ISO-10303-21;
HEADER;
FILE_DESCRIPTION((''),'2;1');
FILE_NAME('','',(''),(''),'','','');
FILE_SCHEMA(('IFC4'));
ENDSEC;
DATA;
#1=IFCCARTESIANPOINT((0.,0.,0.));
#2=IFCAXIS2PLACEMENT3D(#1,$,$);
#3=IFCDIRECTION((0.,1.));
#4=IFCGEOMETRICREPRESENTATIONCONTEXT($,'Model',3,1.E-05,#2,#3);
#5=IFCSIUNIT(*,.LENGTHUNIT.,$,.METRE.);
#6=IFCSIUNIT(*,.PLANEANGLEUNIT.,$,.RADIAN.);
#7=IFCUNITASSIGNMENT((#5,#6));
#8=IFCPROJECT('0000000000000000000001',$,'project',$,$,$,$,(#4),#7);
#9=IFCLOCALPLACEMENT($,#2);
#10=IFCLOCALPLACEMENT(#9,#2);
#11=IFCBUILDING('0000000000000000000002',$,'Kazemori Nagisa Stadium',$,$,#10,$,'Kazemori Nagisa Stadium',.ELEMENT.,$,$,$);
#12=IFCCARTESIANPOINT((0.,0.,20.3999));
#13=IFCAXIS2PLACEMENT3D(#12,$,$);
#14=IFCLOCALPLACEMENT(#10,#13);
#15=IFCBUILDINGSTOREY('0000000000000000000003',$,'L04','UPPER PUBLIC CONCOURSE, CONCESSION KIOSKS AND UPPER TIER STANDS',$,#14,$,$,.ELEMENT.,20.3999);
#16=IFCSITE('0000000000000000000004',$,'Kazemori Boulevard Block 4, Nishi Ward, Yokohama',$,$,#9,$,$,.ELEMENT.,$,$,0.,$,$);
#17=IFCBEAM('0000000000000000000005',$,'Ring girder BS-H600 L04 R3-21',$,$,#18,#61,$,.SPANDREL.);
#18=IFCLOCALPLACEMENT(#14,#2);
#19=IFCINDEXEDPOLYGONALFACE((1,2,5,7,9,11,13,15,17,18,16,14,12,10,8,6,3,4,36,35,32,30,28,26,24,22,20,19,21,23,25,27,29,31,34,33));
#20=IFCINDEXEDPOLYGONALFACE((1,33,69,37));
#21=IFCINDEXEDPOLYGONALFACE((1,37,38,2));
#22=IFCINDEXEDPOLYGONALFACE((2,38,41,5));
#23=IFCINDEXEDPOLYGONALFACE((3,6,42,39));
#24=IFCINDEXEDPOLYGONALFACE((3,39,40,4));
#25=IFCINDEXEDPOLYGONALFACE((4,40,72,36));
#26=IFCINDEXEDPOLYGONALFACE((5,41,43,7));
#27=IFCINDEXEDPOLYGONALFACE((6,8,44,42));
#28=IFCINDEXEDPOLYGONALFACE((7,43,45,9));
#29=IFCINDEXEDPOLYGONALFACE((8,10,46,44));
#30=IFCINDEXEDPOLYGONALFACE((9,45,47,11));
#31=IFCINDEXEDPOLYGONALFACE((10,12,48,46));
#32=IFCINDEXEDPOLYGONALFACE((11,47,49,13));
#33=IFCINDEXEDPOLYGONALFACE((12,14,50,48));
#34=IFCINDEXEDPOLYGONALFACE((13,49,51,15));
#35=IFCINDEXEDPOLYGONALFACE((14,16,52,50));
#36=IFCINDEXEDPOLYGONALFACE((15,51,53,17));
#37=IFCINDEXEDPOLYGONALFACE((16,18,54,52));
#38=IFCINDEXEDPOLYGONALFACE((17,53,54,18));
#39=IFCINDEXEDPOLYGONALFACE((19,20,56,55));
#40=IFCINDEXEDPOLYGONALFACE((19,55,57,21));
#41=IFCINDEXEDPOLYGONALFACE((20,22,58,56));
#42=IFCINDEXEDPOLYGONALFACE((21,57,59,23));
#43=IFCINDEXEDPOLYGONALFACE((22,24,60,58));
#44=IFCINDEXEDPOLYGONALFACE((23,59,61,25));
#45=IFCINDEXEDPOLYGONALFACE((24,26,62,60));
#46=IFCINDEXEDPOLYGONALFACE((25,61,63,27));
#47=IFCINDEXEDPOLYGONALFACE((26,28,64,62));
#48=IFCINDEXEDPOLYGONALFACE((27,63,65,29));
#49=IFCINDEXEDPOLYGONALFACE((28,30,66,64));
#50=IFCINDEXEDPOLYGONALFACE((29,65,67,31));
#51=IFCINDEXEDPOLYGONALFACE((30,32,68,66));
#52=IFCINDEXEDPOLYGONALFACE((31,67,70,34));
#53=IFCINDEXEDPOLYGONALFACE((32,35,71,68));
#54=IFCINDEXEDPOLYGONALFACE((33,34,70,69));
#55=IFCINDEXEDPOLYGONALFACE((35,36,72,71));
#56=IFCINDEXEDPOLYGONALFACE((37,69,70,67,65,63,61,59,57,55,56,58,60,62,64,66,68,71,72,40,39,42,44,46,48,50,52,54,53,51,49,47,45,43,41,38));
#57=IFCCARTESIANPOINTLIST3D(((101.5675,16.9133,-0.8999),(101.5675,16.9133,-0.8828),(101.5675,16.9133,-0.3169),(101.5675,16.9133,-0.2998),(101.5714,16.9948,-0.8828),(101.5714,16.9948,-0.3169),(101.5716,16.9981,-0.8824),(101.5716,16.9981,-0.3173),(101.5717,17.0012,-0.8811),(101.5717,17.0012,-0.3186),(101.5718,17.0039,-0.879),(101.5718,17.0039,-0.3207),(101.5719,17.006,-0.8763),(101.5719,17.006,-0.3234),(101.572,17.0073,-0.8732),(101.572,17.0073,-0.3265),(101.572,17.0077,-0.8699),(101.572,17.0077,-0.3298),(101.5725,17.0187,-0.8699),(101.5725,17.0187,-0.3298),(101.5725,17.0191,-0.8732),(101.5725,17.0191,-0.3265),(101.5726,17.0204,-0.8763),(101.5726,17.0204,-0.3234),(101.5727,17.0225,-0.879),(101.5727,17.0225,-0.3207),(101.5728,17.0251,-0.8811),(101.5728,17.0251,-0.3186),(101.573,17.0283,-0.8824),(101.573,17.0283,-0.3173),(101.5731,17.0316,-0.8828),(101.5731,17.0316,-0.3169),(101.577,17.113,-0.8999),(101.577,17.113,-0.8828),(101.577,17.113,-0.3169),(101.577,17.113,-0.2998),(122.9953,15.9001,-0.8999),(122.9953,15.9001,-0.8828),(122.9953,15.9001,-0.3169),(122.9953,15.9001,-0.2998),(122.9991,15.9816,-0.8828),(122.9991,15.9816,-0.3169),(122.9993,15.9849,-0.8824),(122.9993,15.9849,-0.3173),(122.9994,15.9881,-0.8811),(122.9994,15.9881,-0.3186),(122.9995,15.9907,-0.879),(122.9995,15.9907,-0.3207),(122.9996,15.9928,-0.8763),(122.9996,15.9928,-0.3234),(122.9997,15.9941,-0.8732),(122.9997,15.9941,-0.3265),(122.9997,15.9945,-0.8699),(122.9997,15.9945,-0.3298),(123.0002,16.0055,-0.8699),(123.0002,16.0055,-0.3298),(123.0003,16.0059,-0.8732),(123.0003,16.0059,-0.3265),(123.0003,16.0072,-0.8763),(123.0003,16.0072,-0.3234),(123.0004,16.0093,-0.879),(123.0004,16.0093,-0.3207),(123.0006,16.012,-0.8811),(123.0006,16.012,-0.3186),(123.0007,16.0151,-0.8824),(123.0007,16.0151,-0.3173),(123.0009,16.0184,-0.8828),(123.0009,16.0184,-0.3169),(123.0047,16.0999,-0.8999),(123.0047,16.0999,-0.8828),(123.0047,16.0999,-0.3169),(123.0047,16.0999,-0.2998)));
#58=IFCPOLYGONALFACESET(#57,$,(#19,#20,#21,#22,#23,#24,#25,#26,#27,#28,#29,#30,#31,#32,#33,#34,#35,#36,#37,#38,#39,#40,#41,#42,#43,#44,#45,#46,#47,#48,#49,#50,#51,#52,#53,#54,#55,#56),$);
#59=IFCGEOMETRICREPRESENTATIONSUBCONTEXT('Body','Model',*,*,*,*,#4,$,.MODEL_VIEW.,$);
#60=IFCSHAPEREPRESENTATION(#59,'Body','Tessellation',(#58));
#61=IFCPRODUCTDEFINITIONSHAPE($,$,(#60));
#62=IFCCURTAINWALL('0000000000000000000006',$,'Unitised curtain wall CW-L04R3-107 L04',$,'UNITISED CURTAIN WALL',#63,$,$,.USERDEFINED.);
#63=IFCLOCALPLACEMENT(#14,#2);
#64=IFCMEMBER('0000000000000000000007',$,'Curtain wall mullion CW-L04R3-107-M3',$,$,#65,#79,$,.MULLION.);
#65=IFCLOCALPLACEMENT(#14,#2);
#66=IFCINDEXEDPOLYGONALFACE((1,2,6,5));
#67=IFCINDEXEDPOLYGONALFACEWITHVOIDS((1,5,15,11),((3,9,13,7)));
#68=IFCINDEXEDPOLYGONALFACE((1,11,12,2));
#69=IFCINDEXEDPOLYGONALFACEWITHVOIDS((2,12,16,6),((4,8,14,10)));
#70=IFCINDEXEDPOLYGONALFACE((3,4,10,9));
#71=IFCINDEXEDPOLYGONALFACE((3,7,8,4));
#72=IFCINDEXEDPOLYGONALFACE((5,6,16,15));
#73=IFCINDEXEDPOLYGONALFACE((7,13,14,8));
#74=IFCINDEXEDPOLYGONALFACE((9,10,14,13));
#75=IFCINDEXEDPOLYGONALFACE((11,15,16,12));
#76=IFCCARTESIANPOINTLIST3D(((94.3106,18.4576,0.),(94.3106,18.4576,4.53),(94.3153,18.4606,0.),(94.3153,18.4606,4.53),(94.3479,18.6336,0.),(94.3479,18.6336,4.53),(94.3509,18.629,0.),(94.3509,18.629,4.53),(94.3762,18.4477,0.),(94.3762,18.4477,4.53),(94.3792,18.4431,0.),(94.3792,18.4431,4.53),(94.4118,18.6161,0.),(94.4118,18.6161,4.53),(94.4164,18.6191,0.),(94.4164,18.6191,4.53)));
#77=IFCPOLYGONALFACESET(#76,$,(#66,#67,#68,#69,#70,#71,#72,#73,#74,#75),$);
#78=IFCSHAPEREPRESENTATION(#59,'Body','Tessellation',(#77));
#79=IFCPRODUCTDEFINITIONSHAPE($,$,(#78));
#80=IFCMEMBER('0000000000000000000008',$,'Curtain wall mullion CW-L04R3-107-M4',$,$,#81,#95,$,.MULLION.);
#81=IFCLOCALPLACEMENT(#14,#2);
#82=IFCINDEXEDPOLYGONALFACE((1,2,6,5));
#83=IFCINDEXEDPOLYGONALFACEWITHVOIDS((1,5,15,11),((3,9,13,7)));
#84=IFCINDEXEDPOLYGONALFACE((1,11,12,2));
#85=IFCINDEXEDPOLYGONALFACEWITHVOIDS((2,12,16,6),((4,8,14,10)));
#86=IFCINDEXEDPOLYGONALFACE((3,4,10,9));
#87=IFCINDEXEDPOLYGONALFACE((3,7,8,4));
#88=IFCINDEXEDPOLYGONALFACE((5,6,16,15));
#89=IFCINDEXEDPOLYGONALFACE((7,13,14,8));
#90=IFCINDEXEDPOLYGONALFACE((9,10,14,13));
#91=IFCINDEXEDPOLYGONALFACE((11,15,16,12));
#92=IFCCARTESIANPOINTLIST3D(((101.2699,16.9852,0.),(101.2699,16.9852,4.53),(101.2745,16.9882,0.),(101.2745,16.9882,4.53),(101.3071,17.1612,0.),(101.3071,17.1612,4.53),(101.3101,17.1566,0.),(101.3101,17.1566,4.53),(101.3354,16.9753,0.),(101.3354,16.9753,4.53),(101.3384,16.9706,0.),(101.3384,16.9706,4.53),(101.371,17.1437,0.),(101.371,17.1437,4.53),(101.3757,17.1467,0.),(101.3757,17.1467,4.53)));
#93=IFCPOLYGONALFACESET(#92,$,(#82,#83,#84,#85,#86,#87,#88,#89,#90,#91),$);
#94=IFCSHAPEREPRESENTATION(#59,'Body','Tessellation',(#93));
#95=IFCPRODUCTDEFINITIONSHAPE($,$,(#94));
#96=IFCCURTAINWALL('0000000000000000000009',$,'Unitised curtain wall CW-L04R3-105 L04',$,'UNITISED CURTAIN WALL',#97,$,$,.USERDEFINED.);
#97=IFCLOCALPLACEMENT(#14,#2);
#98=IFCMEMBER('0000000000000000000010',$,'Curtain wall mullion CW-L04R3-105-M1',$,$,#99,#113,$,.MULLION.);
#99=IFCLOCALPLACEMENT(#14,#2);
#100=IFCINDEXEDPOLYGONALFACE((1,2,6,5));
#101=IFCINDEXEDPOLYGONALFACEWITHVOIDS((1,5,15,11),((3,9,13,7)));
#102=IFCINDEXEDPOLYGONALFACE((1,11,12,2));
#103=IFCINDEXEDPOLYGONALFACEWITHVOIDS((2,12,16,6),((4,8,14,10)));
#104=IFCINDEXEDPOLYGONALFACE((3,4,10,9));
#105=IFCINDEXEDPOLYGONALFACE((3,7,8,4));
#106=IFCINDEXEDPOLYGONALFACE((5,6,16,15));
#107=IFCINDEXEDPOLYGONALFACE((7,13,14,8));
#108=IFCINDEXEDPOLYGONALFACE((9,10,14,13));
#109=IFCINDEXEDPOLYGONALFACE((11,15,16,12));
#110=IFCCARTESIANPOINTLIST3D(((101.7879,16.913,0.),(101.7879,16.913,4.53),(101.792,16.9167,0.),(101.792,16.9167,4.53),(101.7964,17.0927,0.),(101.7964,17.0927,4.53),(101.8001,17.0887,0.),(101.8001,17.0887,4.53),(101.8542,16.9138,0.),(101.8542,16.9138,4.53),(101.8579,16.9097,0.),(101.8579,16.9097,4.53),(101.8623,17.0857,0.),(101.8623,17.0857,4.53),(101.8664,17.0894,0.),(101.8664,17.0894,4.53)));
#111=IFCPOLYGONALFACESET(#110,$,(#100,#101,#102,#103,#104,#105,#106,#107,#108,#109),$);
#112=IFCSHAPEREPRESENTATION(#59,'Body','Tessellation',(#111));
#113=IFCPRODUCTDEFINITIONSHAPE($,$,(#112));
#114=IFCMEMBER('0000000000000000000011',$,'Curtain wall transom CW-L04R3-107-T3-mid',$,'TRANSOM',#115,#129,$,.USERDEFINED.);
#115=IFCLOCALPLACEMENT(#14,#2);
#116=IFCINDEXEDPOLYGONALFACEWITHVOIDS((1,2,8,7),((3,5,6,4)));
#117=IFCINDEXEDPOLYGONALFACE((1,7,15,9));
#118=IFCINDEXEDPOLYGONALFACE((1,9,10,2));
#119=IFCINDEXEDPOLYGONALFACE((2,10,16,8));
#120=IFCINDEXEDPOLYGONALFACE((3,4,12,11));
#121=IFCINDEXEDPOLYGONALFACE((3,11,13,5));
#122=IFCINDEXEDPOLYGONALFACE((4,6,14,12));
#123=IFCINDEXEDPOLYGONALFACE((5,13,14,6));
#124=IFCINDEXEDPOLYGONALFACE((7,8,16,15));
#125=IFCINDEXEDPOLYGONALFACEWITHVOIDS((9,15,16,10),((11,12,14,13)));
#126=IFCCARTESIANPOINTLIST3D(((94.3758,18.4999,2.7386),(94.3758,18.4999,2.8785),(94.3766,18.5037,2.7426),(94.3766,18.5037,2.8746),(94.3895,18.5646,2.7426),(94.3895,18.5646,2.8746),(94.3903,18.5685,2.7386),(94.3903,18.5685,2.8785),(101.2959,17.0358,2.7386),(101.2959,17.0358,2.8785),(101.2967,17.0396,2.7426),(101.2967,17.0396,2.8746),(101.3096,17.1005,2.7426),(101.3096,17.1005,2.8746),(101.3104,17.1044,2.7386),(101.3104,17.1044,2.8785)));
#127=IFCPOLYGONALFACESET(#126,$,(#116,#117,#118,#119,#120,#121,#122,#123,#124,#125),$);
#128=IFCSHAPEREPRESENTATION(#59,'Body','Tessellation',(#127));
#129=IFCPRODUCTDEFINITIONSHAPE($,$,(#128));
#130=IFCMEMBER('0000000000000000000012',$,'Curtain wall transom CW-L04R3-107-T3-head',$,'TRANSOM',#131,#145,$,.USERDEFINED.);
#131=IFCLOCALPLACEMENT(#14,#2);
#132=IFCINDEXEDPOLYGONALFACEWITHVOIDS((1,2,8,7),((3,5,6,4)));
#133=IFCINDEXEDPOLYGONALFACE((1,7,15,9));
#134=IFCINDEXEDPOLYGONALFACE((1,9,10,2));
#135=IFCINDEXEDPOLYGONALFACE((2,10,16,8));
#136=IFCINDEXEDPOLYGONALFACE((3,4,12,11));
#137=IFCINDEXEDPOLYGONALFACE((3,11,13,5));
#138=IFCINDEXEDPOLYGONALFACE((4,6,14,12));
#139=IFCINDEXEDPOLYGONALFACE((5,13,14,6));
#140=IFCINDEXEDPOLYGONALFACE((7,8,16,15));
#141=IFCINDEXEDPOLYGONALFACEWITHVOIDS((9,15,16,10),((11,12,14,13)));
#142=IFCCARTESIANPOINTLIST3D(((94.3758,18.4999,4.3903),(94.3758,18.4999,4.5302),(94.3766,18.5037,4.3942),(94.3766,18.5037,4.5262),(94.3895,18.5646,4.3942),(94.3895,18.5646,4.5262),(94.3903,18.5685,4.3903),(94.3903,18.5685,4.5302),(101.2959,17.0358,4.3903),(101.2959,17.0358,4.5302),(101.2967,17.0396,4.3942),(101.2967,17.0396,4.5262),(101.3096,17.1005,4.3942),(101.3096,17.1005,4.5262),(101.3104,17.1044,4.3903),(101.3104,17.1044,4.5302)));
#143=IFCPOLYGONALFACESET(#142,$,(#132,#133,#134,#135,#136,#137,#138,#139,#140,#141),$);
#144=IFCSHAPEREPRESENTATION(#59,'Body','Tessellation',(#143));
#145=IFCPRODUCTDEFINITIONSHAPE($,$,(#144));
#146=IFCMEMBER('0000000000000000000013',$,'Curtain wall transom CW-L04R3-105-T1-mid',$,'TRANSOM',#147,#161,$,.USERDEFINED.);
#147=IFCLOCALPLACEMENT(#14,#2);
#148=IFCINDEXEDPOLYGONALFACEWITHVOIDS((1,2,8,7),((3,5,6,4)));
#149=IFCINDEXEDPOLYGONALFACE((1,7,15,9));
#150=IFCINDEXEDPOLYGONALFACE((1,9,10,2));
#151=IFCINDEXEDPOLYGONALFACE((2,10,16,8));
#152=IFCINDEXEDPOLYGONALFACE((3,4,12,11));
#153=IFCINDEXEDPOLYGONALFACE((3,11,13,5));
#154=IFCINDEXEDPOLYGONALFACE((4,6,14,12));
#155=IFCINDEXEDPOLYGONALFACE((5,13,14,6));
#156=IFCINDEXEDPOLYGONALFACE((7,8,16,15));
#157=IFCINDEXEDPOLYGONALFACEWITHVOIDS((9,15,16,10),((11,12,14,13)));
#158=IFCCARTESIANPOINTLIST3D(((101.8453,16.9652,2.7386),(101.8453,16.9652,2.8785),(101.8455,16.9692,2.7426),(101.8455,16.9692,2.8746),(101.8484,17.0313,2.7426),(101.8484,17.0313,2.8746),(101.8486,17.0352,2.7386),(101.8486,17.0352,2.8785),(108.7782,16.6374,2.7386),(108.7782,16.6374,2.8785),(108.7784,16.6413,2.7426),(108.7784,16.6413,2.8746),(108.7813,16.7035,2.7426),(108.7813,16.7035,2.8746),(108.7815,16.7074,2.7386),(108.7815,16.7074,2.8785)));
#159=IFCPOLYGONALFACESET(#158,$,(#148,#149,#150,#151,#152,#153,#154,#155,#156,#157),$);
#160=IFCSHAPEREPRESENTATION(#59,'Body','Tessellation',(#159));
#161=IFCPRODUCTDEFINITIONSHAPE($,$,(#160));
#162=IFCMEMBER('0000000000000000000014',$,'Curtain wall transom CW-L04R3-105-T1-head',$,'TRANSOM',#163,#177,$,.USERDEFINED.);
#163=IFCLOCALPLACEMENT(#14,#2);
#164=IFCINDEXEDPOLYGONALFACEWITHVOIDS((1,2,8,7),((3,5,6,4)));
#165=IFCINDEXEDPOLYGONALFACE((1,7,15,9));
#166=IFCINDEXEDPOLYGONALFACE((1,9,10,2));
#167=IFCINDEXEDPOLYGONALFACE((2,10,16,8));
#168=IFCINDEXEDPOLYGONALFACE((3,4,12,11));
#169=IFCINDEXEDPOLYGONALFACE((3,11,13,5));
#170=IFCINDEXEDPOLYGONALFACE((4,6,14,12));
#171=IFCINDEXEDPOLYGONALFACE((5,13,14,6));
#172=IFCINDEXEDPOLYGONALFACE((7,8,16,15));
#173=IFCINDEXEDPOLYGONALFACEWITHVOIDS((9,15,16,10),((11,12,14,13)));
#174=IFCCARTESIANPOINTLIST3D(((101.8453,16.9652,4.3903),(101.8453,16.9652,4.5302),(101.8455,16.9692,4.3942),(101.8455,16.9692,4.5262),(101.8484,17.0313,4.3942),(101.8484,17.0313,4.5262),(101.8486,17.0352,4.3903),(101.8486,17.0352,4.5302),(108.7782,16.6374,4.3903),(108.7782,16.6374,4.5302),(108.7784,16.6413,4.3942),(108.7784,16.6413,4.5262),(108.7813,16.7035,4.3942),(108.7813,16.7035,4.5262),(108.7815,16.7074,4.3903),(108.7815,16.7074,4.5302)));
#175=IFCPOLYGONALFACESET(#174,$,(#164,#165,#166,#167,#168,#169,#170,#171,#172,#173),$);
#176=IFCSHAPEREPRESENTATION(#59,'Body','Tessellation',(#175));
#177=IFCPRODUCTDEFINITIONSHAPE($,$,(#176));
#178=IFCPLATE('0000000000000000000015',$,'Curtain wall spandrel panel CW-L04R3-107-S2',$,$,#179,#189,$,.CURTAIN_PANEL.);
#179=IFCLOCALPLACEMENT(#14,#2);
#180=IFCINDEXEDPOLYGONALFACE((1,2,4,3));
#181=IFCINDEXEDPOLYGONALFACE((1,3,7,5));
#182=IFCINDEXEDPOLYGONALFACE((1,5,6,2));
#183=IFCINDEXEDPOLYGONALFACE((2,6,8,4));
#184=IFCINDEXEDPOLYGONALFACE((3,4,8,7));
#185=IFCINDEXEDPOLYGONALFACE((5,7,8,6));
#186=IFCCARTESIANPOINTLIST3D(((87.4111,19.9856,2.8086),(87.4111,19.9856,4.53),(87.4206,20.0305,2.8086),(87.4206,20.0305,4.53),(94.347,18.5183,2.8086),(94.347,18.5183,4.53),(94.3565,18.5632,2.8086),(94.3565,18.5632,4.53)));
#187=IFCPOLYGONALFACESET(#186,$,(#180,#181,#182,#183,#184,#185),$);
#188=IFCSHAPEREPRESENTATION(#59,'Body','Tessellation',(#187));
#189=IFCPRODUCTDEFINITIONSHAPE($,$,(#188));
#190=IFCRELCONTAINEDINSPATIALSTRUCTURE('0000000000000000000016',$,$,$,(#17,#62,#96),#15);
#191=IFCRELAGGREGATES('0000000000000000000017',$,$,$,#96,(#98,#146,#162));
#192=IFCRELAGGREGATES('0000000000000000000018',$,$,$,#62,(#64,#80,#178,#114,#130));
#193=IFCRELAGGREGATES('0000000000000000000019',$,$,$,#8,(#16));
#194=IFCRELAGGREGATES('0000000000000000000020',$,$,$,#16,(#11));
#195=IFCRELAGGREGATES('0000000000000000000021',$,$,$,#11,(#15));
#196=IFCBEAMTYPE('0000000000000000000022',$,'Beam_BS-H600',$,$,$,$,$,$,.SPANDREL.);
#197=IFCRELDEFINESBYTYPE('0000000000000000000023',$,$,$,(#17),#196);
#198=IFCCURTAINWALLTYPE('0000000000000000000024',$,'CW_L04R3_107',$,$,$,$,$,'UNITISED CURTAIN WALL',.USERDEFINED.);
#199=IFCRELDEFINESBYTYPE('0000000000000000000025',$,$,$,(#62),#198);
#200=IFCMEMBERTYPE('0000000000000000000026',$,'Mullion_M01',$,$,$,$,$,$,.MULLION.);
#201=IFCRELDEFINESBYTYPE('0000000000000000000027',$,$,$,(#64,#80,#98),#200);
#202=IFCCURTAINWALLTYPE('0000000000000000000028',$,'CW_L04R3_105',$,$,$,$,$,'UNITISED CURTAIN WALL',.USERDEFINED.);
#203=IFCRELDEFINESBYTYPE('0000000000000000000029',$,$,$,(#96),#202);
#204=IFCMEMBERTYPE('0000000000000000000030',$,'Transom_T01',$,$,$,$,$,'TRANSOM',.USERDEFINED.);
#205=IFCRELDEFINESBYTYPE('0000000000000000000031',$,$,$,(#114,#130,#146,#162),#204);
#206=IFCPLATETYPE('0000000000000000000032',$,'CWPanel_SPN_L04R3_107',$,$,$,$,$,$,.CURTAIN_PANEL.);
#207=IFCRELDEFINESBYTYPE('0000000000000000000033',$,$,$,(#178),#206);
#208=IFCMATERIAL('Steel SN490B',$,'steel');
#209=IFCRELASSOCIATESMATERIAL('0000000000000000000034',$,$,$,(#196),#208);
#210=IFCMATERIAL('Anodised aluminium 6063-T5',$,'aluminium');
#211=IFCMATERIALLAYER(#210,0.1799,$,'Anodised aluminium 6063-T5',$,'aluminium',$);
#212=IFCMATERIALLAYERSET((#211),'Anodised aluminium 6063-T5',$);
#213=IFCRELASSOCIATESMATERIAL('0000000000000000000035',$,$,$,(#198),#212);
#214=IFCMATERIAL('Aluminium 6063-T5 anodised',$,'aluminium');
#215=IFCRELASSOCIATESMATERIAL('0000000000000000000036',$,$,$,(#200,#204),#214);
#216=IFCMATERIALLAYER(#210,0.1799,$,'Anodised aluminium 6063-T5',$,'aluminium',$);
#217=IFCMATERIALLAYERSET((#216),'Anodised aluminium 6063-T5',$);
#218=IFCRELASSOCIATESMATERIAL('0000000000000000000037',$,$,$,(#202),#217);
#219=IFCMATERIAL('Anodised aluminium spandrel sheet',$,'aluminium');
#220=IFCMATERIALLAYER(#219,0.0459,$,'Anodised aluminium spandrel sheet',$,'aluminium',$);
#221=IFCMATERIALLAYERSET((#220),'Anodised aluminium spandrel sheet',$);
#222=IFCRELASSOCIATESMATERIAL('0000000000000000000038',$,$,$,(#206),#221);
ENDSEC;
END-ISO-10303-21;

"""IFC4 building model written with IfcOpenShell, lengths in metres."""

from ifc_helpers import new_model, si_unit, direction, frame, origin, origin_2d, place, context, subcontext, project, spatial, rectangle, hollow_rectangle, i_section, extrude, material, layer, layer_set, material_profile, profile_set, type_object, element, aggregate, save


model = new_model("IFC4")

# Units and contexts
model_context = context("Model", 3, precision=1e-05, world=origin(), true_north=direction((0.0, 1.0)))
body_context = subcontext(model_context, "Body", "Model", "MODEL_VIEW")
ifc_project = project(units=[si_unit("LENGTHUNIT", "METRE"), si_unit("PLANEANGLEUNIT", "RADIAN")], contexts=[model_context])

# Site, building, storey
site_placement = place(None, origin())
site = spatial("IfcSite", under=ifc_project, at=site_placement, Name="Kazemori Boulevard Block 4, Nishi Ward, Yokohama", CompositionType="ELEMENT", RefElevation=0.0)
building_placement = place(site_placement, origin())
building = spatial("IfcBuilding", under=site, at=building_placement, Name="Kazemori Nagisa Stadium", LongName="Kazemori Nagisa Stadium", CompositionType="ELEMENT")
storey_placement = place(building_placement, frame((0.0, 0.0, 20.3999)))
storey = spatial("IfcBuildingStorey", under=building, at=storey_placement, Name="L04", Description="UPPER PUBLIC CONCOURSE, CONCESSION KIOSKS AND UPPER TIER STANDS", CompositionType="ELEMENT", Elevation=20.3999)

# Beam
ifc_material_1 = material(Name="Steel SN490B", Category="steel")
ifc_material_profile_1 = material_profile(ifc_material_1, i_section(OverallWidth=0.2, OverallDepth=0.6001, WebThickness=0.011, FlangeThickness=0.0171, FilletRadius=0.0129, at=origin_2d()), Name="H-600x200x11x17")
ifc_profile_set_1 = profile_set([ifc_material_profile_1], Name="Steel SN490B")
beam_type_1 = type_object("IfcBeamType", Name="Beam_BS-H600", PredefinedType="SPANDREL", material=ifc_profile_set_1)
beam_1_placement = place(storey_placement, frame((101.5723, 17.0132, -0.5999), z_axis=(0.998884, -0.047231, 0.0), x_axis=(0.047231, 0.998884, 0.0)))
element("IfcBeam", 1, at=beam_1_placement, inside=storey, type_object=beam_type_1, Name="Ring girder BS-H600 L04 R3-21", PredefinedType="SPANDREL", context=body_context, shape_type="SweptSolid", body=[
    extrude(i_section(OverallWidth=0.2, OverallDepth=0.6001, WebThickness=0.011, FlangeThickness=0.0171, FilletRadius=0.0129, at=origin_2d()), origin(), (0.0, 0.0, 1.0), 21.4517),
])

# Curtain wall, members
ifc_material_2 = material(Name="Anodised aluminium 6063-T5", Category="aluminium")
ifc_layer_1 = layer(ifc_material_2, 0.1799, Name="Anodised aluminium 6063-T5", Category="aluminium")
ifc_layer_set_1 = layer_set([ifc_layer_1], Name="Anodised aluminium 6063-T5")
curtain_wall_type_1 = type_object("IfcCurtainWallType", Name="CW_L04R3_107", ElementType="UNITISED CURTAIN WALL", PredefinedType="USERDEFINED", material=ifc_layer_set_1)
curtain_wall_1_placement = place(storey_placement, origin())
curtain_wall_1 = element("IfcCurtainWall", 2, at=curtain_wall_1_placement, inside=storey, type_object=curtain_wall_type_1, Name="Unitised curtain wall CW-L04R3-107 L04", ObjectType="UNITISED CURTAIN WALL", PredefinedType="USERDEFINED")
ifc_material_3 = material(Name="Aluminium 6063-T5 anodised", Category="aluminium")
ifc_material_profile_2 = material_profile(ifc_material_3, hollow_rectangle(XDim=0.0701, YDim=0.1799, WallThickness=0.0039, at=origin_2d()), Name="ALU-MULL-70x180x4")
ifc_profile_set_2 = profile_set([ifc_material_profile_2], Name="Aluminium 6063-T5 anodised")
member_type_1 = type_object("IfcMemberType", Name="Mullion_M01", PredefinedType="MULLION", material=ifc_profile_set_2)
member_1_placement = place(storey_placement, frame((94.3635, 18.5383, 0.0), z_axis=(0.0, 0.0, 1.0), x_axis=(0.978345, -0.206981, 0.0)))
member_1 = element("IfcMember", 3, at=member_1_placement, type_object=member_type_1, Name="Curtain wall mullion CW-L04R3-107-M3", PredefinedType="MULLION", context=body_context, shape_type="SweptSolid", body=[
    extrude(hollow_rectangle(XDim=0.0701, YDim=0.1799, WallThickness=0.0039, at=origin_2d()), origin(), (0.0, 0.0, 1.0), 4.53),
])
member_2_placement = place(storey_placement, frame((101.3228, 17.0659, 0.0), z_axis=(0.0, 0.0, 1.0), x_axis=(0.978345, -0.206981, 0.0)))
member_2 = element("IfcMember", 4, at=member_2_placement, type_object=member_type_1, Name="Curtain wall mullion CW-L04R3-107-M4", PredefinedType="MULLION", context=body_context, shape_type="SweptSolid", body=[
    extrude(hollow_rectangle(XDim=0.0701, YDim=0.1799, WallThickness=0.0039, at=origin_2d()), origin(), (0.0, 0.0, 1.0), 4.53),
])

# Curtain wall, member
ifc_layer_2 = layer(ifc_material_2, 0.1799, Name="Anodised aluminium 6063-T5", Category="aluminium")
ifc_layer_set_2 = layer_set([ifc_layer_2], Name="Anodised aluminium 6063-T5")
curtain_wall_type_2 = type_object("IfcCurtainWallType", Name="CW_L04R3_105", ElementType="UNITISED CURTAIN WALL", PredefinedType="USERDEFINED", material=ifc_layer_set_2)
curtain_wall_2_placement = place(storey_placement, origin())
curtain_wall_2 = element("IfcCurtainWall", 5, at=curtain_wall_2_placement, inside=storey, type_object=curtain_wall_type_2, Name="Unitised curtain wall CW-L04R3-105 L04", ObjectType="UNITISED CURTAIN WALL", PredefinedType="USERDEFINED")
member_3_placement = place(storey_placement, frame((101.8271, 17.0012, 0.0), z_axis=(0.0, 0.0, 1.0), x_axis=(0.998884, -0.04723, 0.0)))
member_3 = element("IfcMember", 6, at=member_3_placement, type_object=member_type_1, Name="Curtain wall mullion CW-L04R3-105-M1", PredefinedType="MULLION", context=body_context, shape_type="SweptSolid", body=[
    extrude(hollow_rectangle(XDim=0.0701, YDim=0.1799, WallThickness=0.0039, at=origin_2d()), origin(), (0.0, 0.0, 1.0), 4.53),
])

# Members
ifc_material_profile_3 = material_profile(ifc_material_3, hollow_rectangle(XDim=0.0701, YDim=0.1399, WallThickness=0.0039, at=origin_2d()), Name="ALU-TRAN-70x140x4")
ifc_profile_set_3 = profile_set([ifc_material_profile_3], Name="Aluminium 6063-T5 anodised")
member_type_2 = type_object("IfcMemberType", Name="Transom_T01", ElementType="TRANSOM", PredefinedType="USERDEFINED", material=ifc_profile_set_3)
member_4_placement = place(storey_placement, frame((94.3831, 18.5342, 2.8086), z_axis=(0.978343, -0.20699, 0.0), x_axis=(0.20699, 0.978343, 0.0)))
member_4 = element("IfcMember", 7, at=member_4_placement, type_object=member_type_2, Name="Curtain wall transom CW-L04R3-107-T3-mid", ObjectType="TRANSOM", PredefinedType="USERDEFINED", context=body_context, shape_type="SweptSolid", body=[
    extrude(hollow_rectangle(XDim=0.0701, YDim=0.1399, WallThickness=0.0039, at=origin_2d()), origin(), (0.0, 0.0, 1.0), 7.0732),
])
member_5_placement = place(storey_placement, frame((94.3831, 18.5342, 4.4602), z_axis=(0.978343, -0.20699, 0.0), x_axis=(0.20699, 0.978343, 0.0)))
member_5 = element("IfcMember", 8, at=member_5_placement, type_object=member_type_2, Name="Curtain wall transom CW-L04R3-107-T3-head", ObjectType="TRANSOM", PredefinedType="USERDEFINED", context=body_context, shape_type="SweptSolid", body=[
    extrude(hollow_rectangle(XDim=0.0701, YDim=0.1399, WallThickness=0.0039, at=origin_2d()), origin(), (0.0, 0.0, 1.0), 7.0732),
])
member_6_placement = place(storey_placement, frame((101.8469, 17.0002, 2.8086), z_axis=(0.998884, -0.047241, 0.0), x_axis=(0.047241, 0.998884, 0.0)))
member_6 = element("IfcMember", 9, at=member_6_placement, type_object=member_type_2, Name="Curtain wall transom CW-L04R3-105-T1-mid", ObjectType="TRANSOM", PredefinedType="USERDEFINED", context=body_context, shape_type="SweptSolid", body=[
    extrude(hollow_rectangle(XDim=0.0701, YDim=0.1399, WallThickness=0.0039, at=origin_2d()), origin(), (0.0, 0.0, 1.0), 6.9407),
])
member_7_placement = place(storey_placement, frame((101.8469, 17.0002, 4.4602), z_axis=(0.998884, -0.047241, 0.0), x_axis=(0.047241, 0.998884, 0.0)))
member_7 = element("IfcMember", 10, at=member_7_placement, type_object=member_type_2, Name="Curtain wall transom CW-L04R3-105-T1-head", ObjectType="TRANSOM", PredefinedType="USERDEFINED", context=body_context, shape_type="SweptSolid", body=[
    extrude(hollow_rectangle(XDim=0.0701, YDim=0.1399, WallThickness=0.0039, at=origin_2d()), origin(), (0.0, 0.0, 1.0), 6.9407),
])
aggregate(curtain_wall_2, [member_3, member_6, member_7])

# Plate
ifc_material_4 = material(Name="Anodised aluminium spandrel sheet", Category="aluminium")
ifc_layer_3 = layer(ifc_material_4, 0.0459, Name="Anodised aluminium spandrel sheet", Category="aluminium")
ifc_layer_set_3 = layer_set([ifc_layer_3], Name="Anodised aluminium spandrel sheet")
plate_type_1 = type_object("IfcPlateType", Name="CWPanel_SPN_L04R3_107", PredefinedType="CURTAIN_PANEL", material=ifc_layer_set_3)
plate_1_placement = place(storey_placement, frame((90.8838, 19.2744, 2.8086), z_axis=(0.0, 0.0, 1.0), x_axis=(0.978345, -0.206981, 0.0)))
plate_1 = element("IfcPlate", 11, at=plate_1_placement, type_object=plate_type_1, Name="Curtain wall spandrel panel CW-L04R3-107-S2", PredefinedType="CURTAIN_PANEL", context=body_context, shape_type="SweptSolid", body=[
    extrude(rectangle(XDim=7.0894, YDim=0.0459, at=origin_2d()), origin(), (0.0, 0.0, 1.0), 1.7214),
])
aggregate(curtain_wall_1, [member_1, member_2, plate_1, member_4, member_5])

save(model, "model.ifc")
